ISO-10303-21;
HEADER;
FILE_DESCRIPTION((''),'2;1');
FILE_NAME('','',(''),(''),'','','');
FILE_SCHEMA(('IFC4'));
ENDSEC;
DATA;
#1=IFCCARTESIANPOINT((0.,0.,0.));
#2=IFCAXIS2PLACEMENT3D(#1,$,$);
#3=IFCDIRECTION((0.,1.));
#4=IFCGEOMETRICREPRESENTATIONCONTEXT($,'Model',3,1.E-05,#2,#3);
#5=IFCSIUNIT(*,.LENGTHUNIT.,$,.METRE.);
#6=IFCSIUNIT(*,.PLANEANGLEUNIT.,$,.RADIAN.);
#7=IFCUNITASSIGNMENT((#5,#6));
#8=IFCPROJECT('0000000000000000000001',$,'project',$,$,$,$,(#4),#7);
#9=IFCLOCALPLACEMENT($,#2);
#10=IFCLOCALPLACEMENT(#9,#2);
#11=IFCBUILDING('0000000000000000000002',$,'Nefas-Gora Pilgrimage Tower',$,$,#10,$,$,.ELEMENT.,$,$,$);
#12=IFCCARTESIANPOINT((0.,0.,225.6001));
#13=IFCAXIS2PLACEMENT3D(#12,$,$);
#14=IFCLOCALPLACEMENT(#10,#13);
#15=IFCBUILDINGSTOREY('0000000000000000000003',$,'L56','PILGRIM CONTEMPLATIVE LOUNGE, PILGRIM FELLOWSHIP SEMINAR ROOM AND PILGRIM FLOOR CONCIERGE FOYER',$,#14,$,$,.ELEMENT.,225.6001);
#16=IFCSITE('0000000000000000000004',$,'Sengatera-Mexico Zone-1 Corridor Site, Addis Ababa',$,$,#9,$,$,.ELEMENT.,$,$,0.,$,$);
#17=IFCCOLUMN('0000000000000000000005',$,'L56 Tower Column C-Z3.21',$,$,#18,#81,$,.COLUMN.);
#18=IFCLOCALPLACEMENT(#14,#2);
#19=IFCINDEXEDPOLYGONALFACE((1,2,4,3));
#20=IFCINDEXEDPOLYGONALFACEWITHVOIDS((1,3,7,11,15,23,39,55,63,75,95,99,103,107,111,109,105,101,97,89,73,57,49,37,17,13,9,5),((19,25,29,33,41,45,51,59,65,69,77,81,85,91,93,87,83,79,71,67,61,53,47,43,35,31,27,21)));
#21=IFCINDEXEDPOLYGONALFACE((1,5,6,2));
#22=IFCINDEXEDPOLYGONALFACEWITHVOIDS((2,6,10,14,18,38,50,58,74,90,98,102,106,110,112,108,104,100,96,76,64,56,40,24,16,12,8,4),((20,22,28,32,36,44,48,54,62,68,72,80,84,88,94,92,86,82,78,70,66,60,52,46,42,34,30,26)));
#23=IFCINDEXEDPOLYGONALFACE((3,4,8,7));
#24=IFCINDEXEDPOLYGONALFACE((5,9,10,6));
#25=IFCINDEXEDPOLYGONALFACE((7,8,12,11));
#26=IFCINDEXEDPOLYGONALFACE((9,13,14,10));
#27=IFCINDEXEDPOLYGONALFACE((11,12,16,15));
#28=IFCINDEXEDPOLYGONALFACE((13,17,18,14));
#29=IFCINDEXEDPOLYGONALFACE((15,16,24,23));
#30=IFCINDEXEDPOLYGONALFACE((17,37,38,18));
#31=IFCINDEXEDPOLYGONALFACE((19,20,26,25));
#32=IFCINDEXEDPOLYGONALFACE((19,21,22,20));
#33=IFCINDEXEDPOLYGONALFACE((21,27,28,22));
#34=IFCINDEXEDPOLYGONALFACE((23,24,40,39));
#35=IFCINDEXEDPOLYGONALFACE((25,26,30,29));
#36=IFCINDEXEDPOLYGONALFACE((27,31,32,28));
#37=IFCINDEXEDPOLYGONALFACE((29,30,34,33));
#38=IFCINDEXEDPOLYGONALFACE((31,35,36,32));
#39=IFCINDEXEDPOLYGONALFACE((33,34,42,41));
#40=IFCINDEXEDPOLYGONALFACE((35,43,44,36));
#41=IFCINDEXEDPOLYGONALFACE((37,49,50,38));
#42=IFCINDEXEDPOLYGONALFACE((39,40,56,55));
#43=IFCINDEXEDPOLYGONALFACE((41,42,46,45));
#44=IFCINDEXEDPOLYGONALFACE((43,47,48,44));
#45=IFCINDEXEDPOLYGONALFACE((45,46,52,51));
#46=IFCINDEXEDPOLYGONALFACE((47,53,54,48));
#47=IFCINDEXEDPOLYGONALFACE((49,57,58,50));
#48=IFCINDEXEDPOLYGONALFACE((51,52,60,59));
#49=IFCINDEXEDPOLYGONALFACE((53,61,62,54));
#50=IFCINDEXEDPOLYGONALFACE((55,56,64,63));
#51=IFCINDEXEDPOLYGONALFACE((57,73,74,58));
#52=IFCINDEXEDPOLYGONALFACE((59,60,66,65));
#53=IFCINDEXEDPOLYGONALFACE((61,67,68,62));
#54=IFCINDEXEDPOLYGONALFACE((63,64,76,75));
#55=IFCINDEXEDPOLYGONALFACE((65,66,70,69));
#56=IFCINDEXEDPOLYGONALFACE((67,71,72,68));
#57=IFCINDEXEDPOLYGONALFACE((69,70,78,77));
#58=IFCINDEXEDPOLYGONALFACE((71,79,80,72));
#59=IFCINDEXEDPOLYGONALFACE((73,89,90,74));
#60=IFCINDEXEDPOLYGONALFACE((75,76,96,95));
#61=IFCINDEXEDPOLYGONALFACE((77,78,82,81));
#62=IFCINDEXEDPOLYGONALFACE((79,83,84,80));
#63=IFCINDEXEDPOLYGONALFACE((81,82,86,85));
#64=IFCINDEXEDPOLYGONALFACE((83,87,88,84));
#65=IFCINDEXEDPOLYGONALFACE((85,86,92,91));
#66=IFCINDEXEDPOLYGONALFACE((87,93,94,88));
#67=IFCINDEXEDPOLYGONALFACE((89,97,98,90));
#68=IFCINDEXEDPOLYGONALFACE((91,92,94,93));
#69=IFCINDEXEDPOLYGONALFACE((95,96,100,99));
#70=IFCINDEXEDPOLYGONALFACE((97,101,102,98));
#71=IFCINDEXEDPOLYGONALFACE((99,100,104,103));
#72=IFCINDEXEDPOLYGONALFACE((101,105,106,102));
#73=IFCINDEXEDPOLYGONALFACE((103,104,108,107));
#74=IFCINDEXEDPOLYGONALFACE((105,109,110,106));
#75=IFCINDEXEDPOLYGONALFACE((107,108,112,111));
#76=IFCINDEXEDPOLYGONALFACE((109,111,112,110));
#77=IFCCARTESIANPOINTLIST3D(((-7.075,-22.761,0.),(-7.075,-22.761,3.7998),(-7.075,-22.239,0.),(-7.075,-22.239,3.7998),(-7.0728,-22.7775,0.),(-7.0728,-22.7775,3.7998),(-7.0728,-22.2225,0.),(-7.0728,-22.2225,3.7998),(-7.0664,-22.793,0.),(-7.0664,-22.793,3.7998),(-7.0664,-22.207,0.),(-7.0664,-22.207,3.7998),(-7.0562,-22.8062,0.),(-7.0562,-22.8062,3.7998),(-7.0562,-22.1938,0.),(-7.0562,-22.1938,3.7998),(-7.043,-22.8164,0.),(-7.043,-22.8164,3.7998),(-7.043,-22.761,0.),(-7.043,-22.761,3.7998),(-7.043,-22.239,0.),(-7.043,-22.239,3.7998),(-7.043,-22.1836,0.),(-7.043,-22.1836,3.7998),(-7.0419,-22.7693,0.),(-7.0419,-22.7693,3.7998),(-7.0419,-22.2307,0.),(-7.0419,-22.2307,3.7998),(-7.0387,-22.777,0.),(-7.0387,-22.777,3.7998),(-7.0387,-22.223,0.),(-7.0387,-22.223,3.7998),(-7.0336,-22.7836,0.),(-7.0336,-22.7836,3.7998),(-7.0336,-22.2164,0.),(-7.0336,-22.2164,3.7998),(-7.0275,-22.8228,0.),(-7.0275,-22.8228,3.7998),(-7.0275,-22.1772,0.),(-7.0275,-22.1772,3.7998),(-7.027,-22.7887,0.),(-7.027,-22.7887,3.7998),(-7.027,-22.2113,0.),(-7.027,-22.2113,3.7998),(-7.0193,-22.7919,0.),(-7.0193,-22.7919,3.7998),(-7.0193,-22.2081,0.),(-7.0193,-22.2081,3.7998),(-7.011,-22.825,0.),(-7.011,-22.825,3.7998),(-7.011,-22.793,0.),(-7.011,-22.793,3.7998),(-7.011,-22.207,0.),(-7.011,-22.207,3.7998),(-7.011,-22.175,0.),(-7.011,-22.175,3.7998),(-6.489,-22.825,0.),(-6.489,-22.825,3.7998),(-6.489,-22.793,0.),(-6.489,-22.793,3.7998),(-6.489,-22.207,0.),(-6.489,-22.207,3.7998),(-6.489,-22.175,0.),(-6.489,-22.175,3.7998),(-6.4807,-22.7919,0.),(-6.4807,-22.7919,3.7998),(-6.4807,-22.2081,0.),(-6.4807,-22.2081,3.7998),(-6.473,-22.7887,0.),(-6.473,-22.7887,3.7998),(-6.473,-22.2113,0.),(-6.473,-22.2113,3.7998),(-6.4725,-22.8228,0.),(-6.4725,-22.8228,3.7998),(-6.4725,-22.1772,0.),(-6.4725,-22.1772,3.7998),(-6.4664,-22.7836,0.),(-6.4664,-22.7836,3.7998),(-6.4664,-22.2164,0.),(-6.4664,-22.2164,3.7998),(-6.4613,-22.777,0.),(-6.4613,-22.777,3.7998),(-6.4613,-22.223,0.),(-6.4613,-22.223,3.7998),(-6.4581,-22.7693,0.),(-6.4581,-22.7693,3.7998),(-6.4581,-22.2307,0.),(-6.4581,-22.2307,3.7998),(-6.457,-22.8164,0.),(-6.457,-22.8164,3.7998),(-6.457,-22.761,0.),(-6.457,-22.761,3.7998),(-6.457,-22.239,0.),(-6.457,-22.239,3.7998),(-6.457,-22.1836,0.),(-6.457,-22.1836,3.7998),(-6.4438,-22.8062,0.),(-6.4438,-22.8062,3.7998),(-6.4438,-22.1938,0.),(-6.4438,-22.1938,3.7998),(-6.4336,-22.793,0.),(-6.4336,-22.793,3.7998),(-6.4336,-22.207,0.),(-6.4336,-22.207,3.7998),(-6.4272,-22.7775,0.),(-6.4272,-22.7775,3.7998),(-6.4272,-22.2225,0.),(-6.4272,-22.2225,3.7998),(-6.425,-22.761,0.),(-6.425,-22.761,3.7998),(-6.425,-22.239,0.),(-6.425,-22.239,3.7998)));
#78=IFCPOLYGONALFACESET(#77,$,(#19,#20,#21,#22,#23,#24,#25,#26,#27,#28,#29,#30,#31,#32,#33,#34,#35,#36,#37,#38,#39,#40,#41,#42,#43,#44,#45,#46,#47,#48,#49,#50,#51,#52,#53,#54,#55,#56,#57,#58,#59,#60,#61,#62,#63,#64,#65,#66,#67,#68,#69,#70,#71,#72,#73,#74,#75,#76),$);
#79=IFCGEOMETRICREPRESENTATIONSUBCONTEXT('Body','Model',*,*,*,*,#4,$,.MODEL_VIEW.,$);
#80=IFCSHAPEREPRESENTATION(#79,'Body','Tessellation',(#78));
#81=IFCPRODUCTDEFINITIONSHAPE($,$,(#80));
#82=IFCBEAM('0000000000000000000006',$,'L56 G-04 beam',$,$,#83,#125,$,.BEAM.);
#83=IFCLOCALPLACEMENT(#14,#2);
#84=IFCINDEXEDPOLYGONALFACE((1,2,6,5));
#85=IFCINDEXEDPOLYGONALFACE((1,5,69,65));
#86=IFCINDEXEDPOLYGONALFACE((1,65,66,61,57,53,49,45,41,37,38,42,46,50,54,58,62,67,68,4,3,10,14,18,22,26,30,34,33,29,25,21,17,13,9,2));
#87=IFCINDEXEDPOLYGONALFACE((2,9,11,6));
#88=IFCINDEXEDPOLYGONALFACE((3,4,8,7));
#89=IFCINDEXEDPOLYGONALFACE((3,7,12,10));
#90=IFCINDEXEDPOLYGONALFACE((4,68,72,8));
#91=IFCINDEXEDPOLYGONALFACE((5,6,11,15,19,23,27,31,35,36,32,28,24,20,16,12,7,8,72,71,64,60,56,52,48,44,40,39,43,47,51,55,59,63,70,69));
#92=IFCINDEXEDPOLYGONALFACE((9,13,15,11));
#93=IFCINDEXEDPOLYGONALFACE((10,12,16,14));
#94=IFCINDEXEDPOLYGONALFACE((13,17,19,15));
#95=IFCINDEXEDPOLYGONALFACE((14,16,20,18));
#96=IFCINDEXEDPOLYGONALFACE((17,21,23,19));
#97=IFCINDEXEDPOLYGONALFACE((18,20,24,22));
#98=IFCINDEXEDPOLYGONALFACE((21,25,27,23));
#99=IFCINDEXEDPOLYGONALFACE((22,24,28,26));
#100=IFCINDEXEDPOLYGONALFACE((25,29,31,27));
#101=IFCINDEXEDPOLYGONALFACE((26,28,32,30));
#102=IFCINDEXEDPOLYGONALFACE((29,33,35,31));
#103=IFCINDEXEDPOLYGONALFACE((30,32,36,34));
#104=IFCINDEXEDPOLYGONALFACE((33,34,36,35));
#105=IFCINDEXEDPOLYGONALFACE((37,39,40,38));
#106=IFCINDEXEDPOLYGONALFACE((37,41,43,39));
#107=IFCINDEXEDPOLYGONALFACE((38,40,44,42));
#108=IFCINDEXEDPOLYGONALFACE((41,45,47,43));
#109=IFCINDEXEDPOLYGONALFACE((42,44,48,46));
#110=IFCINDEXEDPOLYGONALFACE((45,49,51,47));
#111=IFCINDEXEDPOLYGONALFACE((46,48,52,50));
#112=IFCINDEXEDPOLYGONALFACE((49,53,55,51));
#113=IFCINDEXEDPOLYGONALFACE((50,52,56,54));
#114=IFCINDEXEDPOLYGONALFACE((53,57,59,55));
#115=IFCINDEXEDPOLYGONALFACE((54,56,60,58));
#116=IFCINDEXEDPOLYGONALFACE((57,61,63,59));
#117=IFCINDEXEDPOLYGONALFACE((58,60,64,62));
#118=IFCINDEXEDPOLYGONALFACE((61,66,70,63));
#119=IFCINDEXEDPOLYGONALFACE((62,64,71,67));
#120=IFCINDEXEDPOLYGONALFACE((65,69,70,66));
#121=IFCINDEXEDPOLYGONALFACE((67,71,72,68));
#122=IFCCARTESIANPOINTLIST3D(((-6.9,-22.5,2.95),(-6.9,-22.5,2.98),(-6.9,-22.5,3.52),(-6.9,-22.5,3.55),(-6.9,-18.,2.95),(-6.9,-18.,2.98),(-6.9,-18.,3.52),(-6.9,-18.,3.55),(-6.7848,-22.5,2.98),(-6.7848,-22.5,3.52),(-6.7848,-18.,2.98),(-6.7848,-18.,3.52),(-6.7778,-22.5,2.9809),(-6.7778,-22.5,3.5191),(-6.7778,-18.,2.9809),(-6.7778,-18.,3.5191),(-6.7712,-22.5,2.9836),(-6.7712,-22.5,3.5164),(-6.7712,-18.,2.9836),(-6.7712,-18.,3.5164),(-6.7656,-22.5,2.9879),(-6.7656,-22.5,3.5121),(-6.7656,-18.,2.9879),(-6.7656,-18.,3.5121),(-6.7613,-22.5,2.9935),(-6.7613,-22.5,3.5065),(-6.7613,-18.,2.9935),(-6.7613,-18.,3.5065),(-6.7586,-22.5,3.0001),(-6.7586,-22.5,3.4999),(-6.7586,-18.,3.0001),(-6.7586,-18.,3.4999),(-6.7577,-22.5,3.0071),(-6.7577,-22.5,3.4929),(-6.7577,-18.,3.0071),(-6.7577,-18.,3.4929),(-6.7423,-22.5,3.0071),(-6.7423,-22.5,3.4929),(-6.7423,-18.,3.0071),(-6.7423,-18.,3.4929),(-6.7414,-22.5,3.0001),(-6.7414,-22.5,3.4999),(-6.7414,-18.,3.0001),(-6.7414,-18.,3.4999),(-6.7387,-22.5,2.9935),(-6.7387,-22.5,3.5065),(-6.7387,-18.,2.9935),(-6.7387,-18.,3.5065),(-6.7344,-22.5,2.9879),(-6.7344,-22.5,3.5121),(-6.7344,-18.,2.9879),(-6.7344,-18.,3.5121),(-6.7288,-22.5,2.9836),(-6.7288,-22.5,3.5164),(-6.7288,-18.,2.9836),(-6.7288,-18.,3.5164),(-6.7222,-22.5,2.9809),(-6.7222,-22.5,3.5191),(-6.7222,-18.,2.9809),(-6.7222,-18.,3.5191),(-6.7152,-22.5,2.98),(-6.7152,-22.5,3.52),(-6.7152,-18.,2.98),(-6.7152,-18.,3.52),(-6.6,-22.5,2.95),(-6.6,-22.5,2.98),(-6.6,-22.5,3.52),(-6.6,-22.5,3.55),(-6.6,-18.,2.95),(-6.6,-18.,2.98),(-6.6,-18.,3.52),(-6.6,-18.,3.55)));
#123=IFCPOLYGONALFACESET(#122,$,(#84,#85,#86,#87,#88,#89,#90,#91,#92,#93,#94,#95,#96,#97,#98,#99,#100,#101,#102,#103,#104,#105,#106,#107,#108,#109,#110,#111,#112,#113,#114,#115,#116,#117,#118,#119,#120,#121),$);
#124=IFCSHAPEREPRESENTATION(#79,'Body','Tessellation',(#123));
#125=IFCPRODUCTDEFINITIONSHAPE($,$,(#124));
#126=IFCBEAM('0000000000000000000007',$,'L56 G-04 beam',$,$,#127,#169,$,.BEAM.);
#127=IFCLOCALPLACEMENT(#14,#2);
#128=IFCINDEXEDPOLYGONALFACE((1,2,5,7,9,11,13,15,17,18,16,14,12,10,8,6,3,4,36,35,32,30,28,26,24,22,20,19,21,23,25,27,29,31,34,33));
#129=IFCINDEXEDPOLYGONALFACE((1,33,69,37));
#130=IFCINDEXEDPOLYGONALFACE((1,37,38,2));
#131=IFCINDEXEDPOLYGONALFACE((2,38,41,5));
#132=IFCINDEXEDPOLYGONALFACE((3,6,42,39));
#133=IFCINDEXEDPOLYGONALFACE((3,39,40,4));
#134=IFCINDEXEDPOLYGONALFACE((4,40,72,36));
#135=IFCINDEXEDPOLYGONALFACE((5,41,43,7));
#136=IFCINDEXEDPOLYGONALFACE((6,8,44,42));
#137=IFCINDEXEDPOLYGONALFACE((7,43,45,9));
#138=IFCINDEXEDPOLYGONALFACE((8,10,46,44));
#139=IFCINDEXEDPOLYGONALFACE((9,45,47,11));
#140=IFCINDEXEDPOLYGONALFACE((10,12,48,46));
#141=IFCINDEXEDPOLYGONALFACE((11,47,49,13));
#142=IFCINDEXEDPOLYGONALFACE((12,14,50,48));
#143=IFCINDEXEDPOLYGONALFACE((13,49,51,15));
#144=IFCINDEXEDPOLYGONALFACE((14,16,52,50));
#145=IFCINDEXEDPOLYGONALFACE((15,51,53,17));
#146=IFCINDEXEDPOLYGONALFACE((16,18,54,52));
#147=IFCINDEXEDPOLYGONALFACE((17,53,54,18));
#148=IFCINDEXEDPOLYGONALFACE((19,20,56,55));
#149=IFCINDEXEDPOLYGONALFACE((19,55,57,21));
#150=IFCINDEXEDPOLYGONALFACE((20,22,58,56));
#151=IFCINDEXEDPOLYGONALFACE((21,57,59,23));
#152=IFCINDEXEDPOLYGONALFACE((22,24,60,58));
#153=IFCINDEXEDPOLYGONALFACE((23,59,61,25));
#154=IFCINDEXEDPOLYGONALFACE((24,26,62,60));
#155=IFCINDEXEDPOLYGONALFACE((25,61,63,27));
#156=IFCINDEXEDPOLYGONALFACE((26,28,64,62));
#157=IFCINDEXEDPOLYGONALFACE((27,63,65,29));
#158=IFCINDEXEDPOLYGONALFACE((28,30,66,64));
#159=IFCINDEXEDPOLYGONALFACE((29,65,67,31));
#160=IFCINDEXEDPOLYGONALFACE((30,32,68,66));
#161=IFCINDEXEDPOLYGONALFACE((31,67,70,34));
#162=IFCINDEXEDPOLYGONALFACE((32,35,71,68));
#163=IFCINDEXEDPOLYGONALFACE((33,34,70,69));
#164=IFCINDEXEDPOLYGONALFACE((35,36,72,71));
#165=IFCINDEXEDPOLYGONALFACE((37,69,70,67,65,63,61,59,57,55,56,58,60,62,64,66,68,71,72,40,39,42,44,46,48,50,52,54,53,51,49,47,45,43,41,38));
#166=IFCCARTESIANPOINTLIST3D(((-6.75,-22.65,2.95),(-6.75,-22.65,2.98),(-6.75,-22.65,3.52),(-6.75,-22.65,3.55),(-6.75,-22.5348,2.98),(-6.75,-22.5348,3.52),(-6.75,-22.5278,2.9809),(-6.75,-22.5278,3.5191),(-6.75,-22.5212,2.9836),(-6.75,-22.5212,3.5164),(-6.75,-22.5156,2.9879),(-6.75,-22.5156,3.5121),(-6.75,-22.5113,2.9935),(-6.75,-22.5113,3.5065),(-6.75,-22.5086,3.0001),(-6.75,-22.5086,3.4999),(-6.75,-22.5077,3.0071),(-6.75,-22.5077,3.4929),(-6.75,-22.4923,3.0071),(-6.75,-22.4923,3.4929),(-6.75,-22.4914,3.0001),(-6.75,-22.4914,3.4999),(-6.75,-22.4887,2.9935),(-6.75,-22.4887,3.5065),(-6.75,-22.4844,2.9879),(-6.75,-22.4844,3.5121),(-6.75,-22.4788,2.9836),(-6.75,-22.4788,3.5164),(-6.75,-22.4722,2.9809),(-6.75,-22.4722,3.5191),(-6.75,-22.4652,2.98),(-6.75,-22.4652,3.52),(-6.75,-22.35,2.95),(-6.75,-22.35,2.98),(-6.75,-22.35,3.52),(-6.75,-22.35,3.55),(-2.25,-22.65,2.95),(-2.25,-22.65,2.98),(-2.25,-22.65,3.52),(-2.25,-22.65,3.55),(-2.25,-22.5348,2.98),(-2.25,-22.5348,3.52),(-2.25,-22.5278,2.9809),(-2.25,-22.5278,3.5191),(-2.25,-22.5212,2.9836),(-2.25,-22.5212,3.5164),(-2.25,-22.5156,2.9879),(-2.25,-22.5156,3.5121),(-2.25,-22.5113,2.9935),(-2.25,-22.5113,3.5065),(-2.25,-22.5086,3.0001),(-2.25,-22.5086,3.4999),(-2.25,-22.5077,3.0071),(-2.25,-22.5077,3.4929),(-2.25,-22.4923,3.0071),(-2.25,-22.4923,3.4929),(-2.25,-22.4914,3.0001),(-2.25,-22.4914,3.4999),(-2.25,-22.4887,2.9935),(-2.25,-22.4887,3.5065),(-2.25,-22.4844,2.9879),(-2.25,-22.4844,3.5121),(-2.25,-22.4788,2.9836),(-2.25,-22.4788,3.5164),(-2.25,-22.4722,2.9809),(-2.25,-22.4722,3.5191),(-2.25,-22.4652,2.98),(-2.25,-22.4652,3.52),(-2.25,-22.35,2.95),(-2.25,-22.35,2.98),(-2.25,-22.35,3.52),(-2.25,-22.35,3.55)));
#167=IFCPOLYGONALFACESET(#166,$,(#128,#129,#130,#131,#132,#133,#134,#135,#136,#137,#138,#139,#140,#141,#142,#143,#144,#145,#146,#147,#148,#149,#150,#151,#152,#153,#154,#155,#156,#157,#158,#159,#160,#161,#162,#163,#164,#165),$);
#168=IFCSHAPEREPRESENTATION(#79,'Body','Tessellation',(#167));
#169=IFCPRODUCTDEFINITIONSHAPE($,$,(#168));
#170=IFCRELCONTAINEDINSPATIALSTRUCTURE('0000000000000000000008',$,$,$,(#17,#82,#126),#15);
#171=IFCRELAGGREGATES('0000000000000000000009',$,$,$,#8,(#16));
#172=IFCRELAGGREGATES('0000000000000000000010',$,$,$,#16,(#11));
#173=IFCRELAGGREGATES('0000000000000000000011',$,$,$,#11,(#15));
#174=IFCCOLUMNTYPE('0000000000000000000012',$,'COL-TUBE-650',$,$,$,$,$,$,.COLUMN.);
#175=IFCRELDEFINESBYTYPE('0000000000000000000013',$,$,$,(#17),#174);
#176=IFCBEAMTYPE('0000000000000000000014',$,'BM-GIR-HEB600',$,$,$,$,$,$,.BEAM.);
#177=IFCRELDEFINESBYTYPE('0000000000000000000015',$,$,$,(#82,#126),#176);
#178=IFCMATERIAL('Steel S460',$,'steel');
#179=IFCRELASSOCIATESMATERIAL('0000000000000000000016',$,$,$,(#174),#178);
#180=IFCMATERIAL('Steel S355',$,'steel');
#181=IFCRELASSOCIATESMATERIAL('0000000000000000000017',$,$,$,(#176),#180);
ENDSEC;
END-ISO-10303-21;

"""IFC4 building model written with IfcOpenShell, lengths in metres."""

from ifc_helpers import new_model, si_unit, direction, frame, origin, origin_2d, place, context, subcontext, project, spatial, hollow_rectangle, i_section, extrude, source, transform, mapped, material, material_profile, profile_set, type_object, element, save


model = new_model("IFC4")

# Units and contexts
model_context = context("Model", 3, precision=1e-05, world=origin(), true_north=direction((0.0, 1.0)))
body_context = subcontext(model_context, "Body", "Model", "MODEL_VIEW")
ifc_project = project(units=[si_unit("LENGTHUNIT", "METRE"), si_unit("PLANEANGLEUNIT", "RADIAN")], contexts=[model_context])

# Site, building, storey
site_placement = place(None, origin())
site = spatial("IfcSite", under=ifc_project, at=site_placement, Name="Sengatera-Mexico Zone-1 Corridor Site, Addis Ababa", CompositionType="ELEMENT", RefElevation=0.0)
building_placement = place(site_placement, origin())
building = spatial("IfcBuilding", under=site, at=building_placement, Name="Nefas-Gora Pilgrimage Tower", CompositionType="ELEMENT")
storey_placement = place(building_placement, frame((0.0, 0.0, 225.6001)))
storey = spatial("IfcBuildingStorey", under=building, at=storey_placement, Name="L56", Description="PILGRIM CONTEMPLATIVE LOUNGE, PILGRIM FELLOWSHIP SEMINAR ROOM AND PILGRIM FLOOR CONCIERGE FOYER", CompositionType="ELEMENT", Elevation=225.6001)

# Column
ifc_material_1 = material(Name="Steel S460", Category="steel")
ifc_material_profile_1 = material_profile(ifc_material_1, hollow_rectangle(XDim=0.6499, YDim=0.6499, WallThickness=0.032, InnerFilletRadius=0.032, OuterFilletRadius=0.064, at=origin_2d()), Name="BOX 650x650x32")
ifc_profile_set_1 = profile_set([ifc_material_profile_1], Name="Steel S460")
column_type_1 = type_object("IfcColumnType", Name="COL-TUBE-650", PredefinedType="COLUMN", material=ifc_profile_set_1)
shared_shape_1 = source(origin(), body_context, "Body", "SweptSolid", [
    extrude(hollow_rectangle(XDim=0.6499, YDim=0.6499, WallThickness=0.032, InnerFilletRadius=0.032, OuterFilletRadius=0.064, at=origin_2d()), origin(), (0.0, 0.0, 1.0), 3.7998),
])
column_placement = place(storey_placement, frame((-6.75, -22.5, 0.0), z_axis=(0.0, 0.0, 1.0), x_axis=(1.0, 0.0, 0.0)))
element("IfcColumn", 1, at=column_placement, inside=storey, type_object=column_type_1, Name="L56 Tower Column C-Z3.21", PredefinedType="COLUMN", context=body_context, shape_type="MappedRepresentation", body=[
    mapped(shared_shape_1, transform((0.0, 0.0, 0.0), x_axis=(1.0, 0.0, 0.0), y_axis=(0.0, 1.0, 0.0), z_axis=(0.0, 0.0, 1.0), scale=1.0)),
])

# Beams
ifc_material_2 = material(Name="Steel S355", Category="steel")
ifc_material_profile_2 = material_profile(ifc_material_2, i_section(OverallWidth=0.3, OverallDepth=0.6001, WebThickness=0.0154, FlangeThickness=0.03, FilletRadius=0.0271, at=origin_2d()), Name="HEB 600")
ifc_profile_set_2 = profile_set([ifc_material_profile_2], Name="Steel S355")
beam_type = type_object("IfcBeamType", Name="BM-GIR-HEB600", PredefinedType="BEAM", material=ifc_profile_set_2)
shared_shape_2 = source(origin(), body_context, "Body", "SweptSolid", [
    extrude(i_section(OverallWidth=0.3, OverallDepth=0.6001, WebThickness=0.0154, FlangeThickness=0.03, FilletRadius=0.0271, at=origin_2d()), origin(), (0.0, 0.0, 1.0), 4.5),
])
for number, where, z_axis, x_axis, name in (
    (2, (-6.75, -22.5, 3.25), (0.0, 1.0, 0.0), (-1.0, 0.0, 0.0), "L56 G-04 beam"),
    (3, (-6.75, -22.5, 3.25), (1.0, 0.0, 0.0), (0.0, 1.0, 0.0), "L56 G-04 beam"),
):
    element("IfcBeam", number, at=place(storey_placement, frame(where, z_axis=z_axis, x_axis=x_axis)), inside=storey, type_object=beam_type, Name=name, PredefinedType="BEAM", context=body_context, shape_type="MappedRepresentation", body=[
        mapped(shared_shape_2, transform((0.0, 0.0, 0.0), x_axis=(1.0, 0.0, 0.0), y_axis=(0.0, 1.0, 0.0), z_axis=(0.0, 0.0, 1.0), scale=1.0)),
    ])

save(model, "model.ifc")
